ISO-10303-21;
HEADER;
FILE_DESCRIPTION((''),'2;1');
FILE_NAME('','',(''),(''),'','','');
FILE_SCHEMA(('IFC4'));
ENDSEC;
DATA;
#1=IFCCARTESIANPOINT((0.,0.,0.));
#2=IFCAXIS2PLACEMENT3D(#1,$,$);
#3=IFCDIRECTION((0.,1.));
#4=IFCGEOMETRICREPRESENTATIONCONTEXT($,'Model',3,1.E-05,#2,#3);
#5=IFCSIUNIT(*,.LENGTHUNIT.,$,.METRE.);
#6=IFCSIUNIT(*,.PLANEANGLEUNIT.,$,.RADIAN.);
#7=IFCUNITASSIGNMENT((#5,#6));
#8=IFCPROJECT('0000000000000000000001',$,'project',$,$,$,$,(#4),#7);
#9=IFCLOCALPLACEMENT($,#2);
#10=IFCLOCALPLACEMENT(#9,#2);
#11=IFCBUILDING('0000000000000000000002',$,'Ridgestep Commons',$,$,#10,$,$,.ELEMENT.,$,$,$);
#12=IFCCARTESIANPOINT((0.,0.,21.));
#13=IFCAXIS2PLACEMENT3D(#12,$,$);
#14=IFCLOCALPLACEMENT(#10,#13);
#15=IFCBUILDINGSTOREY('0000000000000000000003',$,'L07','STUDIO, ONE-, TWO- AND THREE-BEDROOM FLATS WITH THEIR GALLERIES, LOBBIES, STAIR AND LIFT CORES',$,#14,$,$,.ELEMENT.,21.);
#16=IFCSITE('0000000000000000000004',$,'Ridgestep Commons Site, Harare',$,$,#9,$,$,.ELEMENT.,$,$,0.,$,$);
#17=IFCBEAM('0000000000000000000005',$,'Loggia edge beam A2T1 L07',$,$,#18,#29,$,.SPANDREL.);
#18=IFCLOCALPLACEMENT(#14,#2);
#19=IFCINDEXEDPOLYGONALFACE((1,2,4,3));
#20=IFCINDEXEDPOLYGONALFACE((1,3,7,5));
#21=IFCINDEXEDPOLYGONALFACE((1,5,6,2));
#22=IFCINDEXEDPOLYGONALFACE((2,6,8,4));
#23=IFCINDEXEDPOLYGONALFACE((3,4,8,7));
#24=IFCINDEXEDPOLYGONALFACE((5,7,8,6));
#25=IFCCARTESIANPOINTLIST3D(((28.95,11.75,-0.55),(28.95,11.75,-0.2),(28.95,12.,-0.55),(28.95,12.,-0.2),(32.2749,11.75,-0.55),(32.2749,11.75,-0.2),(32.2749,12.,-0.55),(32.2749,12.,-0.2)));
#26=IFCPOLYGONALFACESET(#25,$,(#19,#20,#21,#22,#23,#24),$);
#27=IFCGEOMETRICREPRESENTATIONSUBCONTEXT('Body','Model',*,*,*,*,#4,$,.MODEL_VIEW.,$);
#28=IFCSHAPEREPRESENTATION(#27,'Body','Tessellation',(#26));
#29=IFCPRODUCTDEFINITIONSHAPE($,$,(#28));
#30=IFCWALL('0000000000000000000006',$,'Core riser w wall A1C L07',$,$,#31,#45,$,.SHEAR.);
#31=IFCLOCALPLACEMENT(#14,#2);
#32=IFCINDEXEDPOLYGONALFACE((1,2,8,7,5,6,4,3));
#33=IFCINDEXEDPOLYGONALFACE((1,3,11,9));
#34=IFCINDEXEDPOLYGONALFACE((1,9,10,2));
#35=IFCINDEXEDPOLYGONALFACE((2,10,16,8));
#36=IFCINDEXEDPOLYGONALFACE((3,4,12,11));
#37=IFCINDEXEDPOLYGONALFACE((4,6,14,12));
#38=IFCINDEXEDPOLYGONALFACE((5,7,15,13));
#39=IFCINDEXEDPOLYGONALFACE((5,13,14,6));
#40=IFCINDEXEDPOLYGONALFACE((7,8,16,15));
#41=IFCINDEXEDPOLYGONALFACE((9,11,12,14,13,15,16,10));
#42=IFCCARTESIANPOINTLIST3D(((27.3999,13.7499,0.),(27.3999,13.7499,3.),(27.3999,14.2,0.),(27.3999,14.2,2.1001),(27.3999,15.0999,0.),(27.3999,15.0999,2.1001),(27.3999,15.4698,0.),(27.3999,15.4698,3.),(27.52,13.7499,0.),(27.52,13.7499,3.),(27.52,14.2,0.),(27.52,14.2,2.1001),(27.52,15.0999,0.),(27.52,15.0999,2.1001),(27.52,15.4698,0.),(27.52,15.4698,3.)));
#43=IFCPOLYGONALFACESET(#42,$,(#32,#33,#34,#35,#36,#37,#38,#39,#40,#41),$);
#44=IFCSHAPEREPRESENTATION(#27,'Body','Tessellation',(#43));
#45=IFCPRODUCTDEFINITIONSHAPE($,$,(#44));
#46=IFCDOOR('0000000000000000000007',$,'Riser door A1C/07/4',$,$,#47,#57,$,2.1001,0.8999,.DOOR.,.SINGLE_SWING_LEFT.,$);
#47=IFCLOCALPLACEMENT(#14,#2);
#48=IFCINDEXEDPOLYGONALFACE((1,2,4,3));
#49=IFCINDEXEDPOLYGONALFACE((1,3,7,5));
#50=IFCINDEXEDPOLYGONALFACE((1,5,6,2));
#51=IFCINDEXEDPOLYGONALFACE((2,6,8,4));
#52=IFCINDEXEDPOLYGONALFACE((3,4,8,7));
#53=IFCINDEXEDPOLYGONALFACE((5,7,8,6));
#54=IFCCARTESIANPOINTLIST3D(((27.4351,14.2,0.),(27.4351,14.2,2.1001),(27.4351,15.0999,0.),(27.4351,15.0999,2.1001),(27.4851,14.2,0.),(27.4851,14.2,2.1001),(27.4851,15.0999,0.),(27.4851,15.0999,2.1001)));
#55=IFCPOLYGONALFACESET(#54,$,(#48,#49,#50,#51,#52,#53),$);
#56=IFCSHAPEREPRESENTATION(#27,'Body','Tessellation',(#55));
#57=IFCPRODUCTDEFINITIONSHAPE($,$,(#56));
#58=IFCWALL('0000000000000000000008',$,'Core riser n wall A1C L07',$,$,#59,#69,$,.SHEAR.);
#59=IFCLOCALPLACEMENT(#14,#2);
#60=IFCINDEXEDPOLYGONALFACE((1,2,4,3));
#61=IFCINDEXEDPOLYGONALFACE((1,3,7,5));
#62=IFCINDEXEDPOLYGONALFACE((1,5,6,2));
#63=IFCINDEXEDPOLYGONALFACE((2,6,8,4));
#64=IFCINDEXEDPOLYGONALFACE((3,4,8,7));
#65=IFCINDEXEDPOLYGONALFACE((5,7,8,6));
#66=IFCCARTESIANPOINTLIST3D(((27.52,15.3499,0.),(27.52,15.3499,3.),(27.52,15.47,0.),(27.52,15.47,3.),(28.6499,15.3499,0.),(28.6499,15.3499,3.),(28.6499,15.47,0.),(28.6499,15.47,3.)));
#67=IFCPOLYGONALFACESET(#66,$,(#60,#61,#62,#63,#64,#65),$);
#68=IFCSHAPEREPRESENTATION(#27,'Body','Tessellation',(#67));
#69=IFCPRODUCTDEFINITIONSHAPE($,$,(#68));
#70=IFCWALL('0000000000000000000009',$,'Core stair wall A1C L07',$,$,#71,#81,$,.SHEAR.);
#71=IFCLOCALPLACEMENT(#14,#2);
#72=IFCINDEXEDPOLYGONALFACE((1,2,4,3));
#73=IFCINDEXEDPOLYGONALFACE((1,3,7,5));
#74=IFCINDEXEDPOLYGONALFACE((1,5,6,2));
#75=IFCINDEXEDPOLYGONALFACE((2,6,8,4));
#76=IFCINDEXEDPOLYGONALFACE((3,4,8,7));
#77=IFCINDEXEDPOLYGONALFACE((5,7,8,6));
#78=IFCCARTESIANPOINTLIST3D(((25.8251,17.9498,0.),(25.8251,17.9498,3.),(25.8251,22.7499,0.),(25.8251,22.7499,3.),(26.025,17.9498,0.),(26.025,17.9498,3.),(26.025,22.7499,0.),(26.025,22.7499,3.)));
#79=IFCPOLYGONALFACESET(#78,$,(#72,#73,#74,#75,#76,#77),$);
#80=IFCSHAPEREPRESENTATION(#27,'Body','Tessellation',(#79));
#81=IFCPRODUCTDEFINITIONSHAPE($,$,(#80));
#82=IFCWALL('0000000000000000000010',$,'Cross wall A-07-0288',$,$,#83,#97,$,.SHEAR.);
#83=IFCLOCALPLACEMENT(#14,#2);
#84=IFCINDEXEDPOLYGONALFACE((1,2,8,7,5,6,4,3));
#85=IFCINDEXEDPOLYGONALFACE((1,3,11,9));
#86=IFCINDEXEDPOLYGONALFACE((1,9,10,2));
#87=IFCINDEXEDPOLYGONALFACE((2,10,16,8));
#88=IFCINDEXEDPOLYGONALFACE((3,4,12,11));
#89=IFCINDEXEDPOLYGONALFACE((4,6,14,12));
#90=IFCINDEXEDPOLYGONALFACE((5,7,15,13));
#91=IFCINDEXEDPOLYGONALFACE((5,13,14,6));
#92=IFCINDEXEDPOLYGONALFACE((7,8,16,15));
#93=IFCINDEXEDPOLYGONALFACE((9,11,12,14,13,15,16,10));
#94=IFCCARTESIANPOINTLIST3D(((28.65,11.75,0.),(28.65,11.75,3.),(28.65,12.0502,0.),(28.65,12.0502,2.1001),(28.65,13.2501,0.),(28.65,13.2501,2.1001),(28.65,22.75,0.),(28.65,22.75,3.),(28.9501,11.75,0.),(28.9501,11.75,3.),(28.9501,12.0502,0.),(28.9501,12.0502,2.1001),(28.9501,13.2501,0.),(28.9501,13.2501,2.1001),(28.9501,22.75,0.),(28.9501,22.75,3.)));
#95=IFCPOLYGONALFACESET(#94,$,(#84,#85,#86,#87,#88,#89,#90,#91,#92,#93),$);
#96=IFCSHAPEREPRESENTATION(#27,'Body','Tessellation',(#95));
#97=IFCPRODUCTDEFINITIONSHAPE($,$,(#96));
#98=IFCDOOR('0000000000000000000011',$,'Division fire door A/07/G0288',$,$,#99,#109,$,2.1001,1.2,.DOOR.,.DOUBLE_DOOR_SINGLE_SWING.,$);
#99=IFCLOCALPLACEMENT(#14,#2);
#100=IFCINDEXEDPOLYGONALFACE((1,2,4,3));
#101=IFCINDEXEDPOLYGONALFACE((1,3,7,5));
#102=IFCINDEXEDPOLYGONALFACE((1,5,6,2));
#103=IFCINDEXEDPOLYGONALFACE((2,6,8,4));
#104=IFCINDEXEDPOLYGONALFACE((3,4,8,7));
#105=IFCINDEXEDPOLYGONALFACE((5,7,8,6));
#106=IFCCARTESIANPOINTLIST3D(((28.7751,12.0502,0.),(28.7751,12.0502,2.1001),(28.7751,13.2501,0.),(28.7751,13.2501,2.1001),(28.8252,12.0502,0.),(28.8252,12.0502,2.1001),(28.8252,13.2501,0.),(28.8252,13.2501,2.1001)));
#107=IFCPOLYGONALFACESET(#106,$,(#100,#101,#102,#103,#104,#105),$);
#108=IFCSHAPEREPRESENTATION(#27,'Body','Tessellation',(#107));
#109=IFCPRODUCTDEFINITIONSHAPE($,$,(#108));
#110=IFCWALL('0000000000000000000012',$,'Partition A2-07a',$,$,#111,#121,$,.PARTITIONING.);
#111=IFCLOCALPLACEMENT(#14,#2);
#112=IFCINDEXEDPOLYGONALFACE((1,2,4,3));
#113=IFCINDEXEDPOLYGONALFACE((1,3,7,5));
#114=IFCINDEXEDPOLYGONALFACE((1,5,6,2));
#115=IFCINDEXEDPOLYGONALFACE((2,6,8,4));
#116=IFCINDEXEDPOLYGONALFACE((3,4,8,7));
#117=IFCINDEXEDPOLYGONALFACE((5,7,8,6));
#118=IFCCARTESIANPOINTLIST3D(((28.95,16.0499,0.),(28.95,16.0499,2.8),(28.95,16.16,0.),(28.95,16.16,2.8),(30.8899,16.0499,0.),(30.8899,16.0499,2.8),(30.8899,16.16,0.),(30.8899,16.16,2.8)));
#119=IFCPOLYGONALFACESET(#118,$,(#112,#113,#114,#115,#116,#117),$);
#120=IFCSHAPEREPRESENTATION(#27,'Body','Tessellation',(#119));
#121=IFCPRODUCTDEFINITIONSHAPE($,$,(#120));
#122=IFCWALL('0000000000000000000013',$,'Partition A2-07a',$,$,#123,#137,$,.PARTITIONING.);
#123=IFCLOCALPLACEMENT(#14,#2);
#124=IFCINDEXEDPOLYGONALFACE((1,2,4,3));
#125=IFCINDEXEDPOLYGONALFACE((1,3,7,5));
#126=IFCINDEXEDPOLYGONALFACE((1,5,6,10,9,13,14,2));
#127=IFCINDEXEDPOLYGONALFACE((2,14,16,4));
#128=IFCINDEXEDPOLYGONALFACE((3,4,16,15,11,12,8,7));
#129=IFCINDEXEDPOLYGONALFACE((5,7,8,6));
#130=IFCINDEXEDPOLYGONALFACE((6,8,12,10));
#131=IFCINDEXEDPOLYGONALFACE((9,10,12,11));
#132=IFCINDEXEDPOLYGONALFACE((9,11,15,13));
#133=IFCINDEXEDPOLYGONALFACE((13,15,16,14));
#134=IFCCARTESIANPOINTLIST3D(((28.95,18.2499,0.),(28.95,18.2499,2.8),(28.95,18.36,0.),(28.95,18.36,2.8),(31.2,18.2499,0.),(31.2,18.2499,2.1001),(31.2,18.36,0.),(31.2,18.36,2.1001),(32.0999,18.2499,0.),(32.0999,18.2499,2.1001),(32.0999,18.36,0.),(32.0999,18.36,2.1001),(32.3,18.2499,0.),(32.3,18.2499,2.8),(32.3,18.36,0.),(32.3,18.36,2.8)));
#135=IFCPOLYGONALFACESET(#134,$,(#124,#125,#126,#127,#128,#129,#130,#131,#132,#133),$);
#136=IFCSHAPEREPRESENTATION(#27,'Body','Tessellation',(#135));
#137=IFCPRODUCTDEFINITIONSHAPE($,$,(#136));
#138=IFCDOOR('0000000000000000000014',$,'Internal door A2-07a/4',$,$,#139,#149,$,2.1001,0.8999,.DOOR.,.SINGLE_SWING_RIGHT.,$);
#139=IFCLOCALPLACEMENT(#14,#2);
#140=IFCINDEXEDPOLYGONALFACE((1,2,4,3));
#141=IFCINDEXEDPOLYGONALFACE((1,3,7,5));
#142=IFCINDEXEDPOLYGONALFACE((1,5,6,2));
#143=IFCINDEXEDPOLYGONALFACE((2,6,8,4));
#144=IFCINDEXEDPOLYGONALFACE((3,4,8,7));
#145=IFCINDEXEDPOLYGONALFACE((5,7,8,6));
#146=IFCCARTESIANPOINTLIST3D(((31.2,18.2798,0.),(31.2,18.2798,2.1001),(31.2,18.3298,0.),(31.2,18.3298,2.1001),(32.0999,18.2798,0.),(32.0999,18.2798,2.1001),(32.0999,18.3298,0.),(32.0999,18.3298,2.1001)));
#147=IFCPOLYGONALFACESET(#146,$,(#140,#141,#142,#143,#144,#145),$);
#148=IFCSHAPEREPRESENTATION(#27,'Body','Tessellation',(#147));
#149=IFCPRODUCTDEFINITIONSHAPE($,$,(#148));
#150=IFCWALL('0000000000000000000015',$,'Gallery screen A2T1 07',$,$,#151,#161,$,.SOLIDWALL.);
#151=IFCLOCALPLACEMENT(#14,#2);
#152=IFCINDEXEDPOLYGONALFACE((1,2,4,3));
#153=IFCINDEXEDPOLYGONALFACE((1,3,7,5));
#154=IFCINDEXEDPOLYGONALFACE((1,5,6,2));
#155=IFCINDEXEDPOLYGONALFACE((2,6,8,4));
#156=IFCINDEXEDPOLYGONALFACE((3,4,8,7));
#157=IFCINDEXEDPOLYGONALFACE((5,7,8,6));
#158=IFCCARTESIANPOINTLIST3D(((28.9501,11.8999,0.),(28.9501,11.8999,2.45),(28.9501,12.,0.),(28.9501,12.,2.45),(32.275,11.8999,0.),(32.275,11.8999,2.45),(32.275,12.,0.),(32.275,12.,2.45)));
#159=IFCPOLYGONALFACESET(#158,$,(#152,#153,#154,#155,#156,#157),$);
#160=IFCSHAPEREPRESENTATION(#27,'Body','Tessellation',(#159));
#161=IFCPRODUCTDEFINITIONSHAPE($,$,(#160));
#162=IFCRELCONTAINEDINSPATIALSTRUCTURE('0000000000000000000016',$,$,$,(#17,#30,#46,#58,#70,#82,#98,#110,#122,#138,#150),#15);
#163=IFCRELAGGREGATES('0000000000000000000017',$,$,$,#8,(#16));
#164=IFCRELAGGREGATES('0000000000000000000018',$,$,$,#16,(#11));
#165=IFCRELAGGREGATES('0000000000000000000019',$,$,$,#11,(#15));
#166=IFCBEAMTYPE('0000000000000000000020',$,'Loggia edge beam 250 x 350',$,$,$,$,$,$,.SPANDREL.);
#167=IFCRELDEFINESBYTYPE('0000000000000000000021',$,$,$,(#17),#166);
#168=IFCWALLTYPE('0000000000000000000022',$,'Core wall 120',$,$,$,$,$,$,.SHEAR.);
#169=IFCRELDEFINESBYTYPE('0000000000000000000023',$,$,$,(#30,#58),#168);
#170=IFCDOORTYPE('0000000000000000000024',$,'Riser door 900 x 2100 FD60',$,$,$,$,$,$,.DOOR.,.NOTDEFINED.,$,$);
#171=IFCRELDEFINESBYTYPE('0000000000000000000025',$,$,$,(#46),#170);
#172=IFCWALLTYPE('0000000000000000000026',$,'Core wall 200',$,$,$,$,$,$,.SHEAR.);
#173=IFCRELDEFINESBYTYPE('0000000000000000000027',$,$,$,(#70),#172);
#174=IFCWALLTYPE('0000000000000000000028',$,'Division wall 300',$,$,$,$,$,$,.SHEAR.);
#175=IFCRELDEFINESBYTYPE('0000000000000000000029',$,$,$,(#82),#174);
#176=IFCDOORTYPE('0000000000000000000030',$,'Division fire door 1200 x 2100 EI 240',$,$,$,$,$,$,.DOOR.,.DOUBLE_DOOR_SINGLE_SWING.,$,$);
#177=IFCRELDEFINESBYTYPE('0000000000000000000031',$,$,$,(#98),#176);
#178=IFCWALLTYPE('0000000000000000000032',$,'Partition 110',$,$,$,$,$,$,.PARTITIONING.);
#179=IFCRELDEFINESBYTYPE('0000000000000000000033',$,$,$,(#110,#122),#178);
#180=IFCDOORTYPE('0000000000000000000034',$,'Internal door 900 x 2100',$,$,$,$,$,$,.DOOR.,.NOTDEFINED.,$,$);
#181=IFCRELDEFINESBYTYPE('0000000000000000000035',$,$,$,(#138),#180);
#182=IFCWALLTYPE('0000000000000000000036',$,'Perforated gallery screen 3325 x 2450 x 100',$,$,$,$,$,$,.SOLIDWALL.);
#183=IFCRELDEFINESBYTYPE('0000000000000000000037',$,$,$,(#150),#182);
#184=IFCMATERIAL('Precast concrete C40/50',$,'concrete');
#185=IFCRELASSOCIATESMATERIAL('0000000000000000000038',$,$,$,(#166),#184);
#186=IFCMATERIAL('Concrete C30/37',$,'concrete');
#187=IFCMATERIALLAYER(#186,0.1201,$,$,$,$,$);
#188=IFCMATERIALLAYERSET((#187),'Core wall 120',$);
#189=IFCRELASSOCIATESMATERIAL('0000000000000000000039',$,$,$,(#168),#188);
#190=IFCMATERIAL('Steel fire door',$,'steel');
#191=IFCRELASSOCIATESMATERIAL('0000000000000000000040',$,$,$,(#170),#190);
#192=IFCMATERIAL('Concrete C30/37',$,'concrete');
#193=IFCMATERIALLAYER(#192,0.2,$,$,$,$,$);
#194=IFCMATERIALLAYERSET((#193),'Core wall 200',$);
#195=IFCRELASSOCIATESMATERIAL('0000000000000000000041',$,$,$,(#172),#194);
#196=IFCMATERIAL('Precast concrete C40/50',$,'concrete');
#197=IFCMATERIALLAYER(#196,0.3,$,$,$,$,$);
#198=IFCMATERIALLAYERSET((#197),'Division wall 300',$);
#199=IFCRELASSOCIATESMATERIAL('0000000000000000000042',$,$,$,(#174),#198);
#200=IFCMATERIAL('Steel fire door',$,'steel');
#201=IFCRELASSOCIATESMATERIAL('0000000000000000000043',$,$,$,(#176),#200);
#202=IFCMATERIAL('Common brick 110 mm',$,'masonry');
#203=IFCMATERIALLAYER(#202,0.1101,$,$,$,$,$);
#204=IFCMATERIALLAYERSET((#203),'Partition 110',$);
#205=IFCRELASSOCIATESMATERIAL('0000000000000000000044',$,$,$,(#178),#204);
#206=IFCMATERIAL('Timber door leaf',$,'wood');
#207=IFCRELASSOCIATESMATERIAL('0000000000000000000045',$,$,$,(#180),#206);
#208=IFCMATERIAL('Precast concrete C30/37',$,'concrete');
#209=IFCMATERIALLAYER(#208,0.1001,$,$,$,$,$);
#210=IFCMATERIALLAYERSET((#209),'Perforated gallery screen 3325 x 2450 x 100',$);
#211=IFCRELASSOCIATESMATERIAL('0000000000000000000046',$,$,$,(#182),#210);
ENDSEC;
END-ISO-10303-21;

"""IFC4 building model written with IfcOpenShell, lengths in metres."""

from ifc_helpers import new_model, si_unit, direction, frame, frame_2d, origin, origin_2d, place, context, subcontext, project, spatial, rectangle, extrude, material, layer, layer_set, material_profile, profile_set, type_object, element, fill, save


model = new_model("IFC4")

# Units and contexts
model_context = context("Model", 3, precision=1e-05, world=origin(), true_north=direction((0.0, 1.0)))
body_context = subcontext(model_context, "Body", "Model", "MODEL_VIEW")
ifc_project = project(units=[si_unit("LENGTHUNIT", "METRE"), si_unit("PLANEANGLEUNIT", "RADIAN")], contexts=[model_context])

# Site, building, storey
site_placement = place(None, origin())
site = spatial("IfcSite", under=ifc_project, at=site_placement, Name="Ridgestep Commons Site, Harare", CompositionType="ELEMENT", RefElevation=0.0)
building_placement = place(site_placement, origin())
building = spatial("IfcBuilding", under=site, at=building_placement, Name="Ridgestep Commons", CompositionType="ELEMENT")
storey_placement = place(building_placement, frame((0.0, 0.0, 21.0)))
storey = spatial("IfcBuildingStorey", under=building, at=storey_placement, Name="L07", Description="STUDIO, ONE-, TWO- AND THREE-BEDROOM FLATS WITH THEIR GALLERIES, LOBBIES, STAIR AND LIFT CORES", CompositionType="ELEMENT", Elevation=21.0)

# Beam
ifc_material_1 = material(Name="Precast concrete C40/50", Category="concrete")
ifc_material_profile = material_profile(ifc_material_1, rectangle(XDim=0.25, YDim=0.3501, at=origin_2d()), Name="PC 250x350")
ifc_profile_set = profile_set([ifc_material_profile], Name="Precast concrete C40/50")
beam_type = type_object("IfcBeamType", Name="Loggia edge beam 250 x 350", PredefinedType="SPANDREL", material=ifc_profile_set)
beam_placement = place(storey_placement, frame((28.95, 11.875, -0.375), z_axis=(1.0, 0.0, 0.0), x_axis=(0.0, 1.0, 0.0)))
element("IfcBeam", 1, at=beam_placement, inside=storey, type_object=beam_type, Name="Loggia edge beam A2T1 L07", PredefinedType="SPANDREL", context=body_context, shape_type="SweptSolid", body=[
    extrude(rectangle(XDim=0.25, YDim=0.3501, at=origin_2d()), origin(), (0.0, 0.0, 1.0), 3.325),
])

# Wall, opening, door
ifc_material_2 = material(Name="Concrete C30/37", Category="concrete")
ifc_layer_1 = layer(ifc_material_2, 0.1201)
ifc_layer_set_1 = layer_set([ifc_layer_1], Name="Core wall 120")
wall_type_1 = type_object("IfcWallType", Name="Core wall 120", PredefinedType="SHEAR", material=ifc_layer_set_1)
wall_1_placement = place(storey_placement, frame((27.46, 13.75, 0.0), z_axis=(0.0, 0.0, 1.0), x_axis=(0.0, 1.0, 0.0)))
wall_1 = element("IfcWall", 2, at=wall_1_placement, inside=storey, type_object=wall_type_1, Name="Core riser w wall A1C L07", PredefinedType="SHEAR", context=body_context, shape_type="SweptSolid", body=[
    extrude(rectangle(XDim=1.72, YDim=0.1201, at=frame_2d((0.8599, 0.0))), origin(), (0.0, 0.0, 1.0), 3.0),
])
opening_1_placement = place(wall_1_placement, frame((0.45, 0.0, 0.0)))
opening_1 = element("IfcOpeningElement", 3, at=opening_1_placement, cuts=wall_1, PredefinedType="OPENING", context=body_context, shape_type="SweptSolid", body=[
    extrude(rectangle(XDim=0.8999, YDim=2.1001, at=frame_2d((0.45, 1.05))), frame((0.0, 0.0701, 0.0), z_axis=(0.0, -1.0, 0.0), x_axis=(1.0, 0.0, 0.0)), (0.0, 0.0, 1.0), 0.1401),
])
ifc_material_3 = material(Name="Steel fire door", Category="steel")
door_type_1 = type_object("IfcDoorType", Name="Riser door 900 x 2100 FD60", OperationType="NOTDEFINED", PredefinedType="DOOR", material=ifc_material_3)
door_1_placement = place(opening_1_placement, origin())
door_1 = element("IfcDoor", 4, at=door_1_placement, inside=storey, type_object=door_type_1, Name="Riser door A1C/07/4", OperationType="SINGLE_SWING_LEFT", OverallHeight=2.1001, OverallWidth=0.8999, PredefinedType="DOOR", context=body_context, shape_type="SweptSolid", body=[
    extrude(rectangle(XDim=0.8999, YDim=2.1001, at=frame_2d((0.45, 1.05))), frame((0.0, 0.0249, 0.0), z_axis=(0.0, -1.0, 0.0), x_axis=(1.0, 0.0, 0.0)), (0.0, 0.0, 1.0), 0.05),
])
fill(opening_1, door_1)

# Walls
wall_2_placement = place(storey_placement, frame((27.52, 15.4099, 0.0), z_axis=(0.0, 0.0, 1.0), x_axis=(1.0, 0.0, 0.0)))
element("IfcWall", 5, at=wall_2_placement, inside=storey, type_object=wall_type_1, Name="Core riser n wall A1C L07", PredefinedType="SHEAR", context=body_context, shape_type="SweptSolid", body=[
    extrude(rectangle(XDim=1.1299, YDim=0.1201, at=frame_2d((0.5649, 0.0))), origin(), (0.0, 0.0, 1.0), 3.0),
])
ifc_material_4 = material(Name="Concrete C30/37", Category="concrete")
ifc_layer_2 = layer(ifc_material_4, 0.2)
ifc_layer_set_2 = layer_set([ifc_layer_2], Name="Core wall 200")
wall_type_2 = type_object("IfcWallType", Name="Core wall 200", PredefinedType="SHEAR", material=ifc_layer_set_2)
wall_3_placement = place(storey_placement, frame((25.925, 17.95, 0.0), z_axis=(0.0, 0.0, 1.0), x_axis=(0.0, 1.0, 0.0)))
element("IfcWall", 6, at=wall_3_placement, inside=storey, type_object=wall_type_2, Name="Core stair wall A1C L07", PredefinedType="SHEAR", context=body_context, shape_type="SweptSolid", body=[
    extrude(rectangle(XDim=4.8, YDim=0.2, at=frame_2d((2.3999, 0.0))), origin(), (0.0, 0.0, 1.0), 3.0),
])

# Wall, opening, door
ifc_material_5 = material(Name="Precast concrete C40/50", Category="concrete")
ifc_layer_3 = layer(ifc_material_5, 0.3)
ifc_layer_set_3 = layer_set([ifc_layer_3], Name="Division wall 300")
wall_type_3 = type_object("IfcWallType", Name="Division wall 300", PredefinedType="SHEAR", material=ifc_layer_set_3)
wall_4_placement = place(storey_placement, frame((28.8, 11.75, 0.0), z_axis=(0.0, 0.0, 1.0), x_axis=(0.0, 1.0, 0.0)))
wall_4 = element("IfcWall", 7, at=wall_4_placement, inside=storey, type_object=wall_type_3, Name="Cross wall A-07-0288", PredefinedType="SHEAR", context=body_context, shape_type="SweptSolid", body=[
    extrude(rectangle(XDim=11.0, YDim=0.3, at=frame_2d((5.5, 0.0))), origin(), (0.0, 0.0, 1.0), 3.0),
])
opening_2_placement = place(wall_4_placement, frame((0.3, 0.0, 0.0)))
opening_2 = element("IfcOpeningElement", 8, at=opening_2_placement, cuts=wall_4, PredefinedType="OPENING", context=body_context, shape_type="SweptSolid", body=[
    extrude(rectangle(XDim=1.2, YDim=2.1001, at=frame_2d((0.6001, 1.05))), frame((0.0, 0.1599, 0.0), z_axis=(0.0, -1.0, 0.0), x_axis=(1.0, 0.0, 0.0)), (0.0, 0.0, 1.0), 0.3201),
])
ifc_material_6 = material(Name="Steel fire door", Category="steel")
door_type_2 = type_object("IfcDoorType", Name="Division fire door 1200 x 2100 EI 240", OperationType="DOUBLE_DOOR_SINGLE_SWING", PredefinedType="DOOR", material=ifc_material_6)
door_2_placement = place(opening_2_placement, origin())
door_2 = element("IfcDoor", 9, at=door_2_placement, inside=storey, type_object=door_type_2, Name="Division fire door A/07/G0288", OperationType="DOUBLE_DOOR_SINGLE_SWING", OverallHeight=2.1001, OverallWidth=1.2, PredefinedType="DOOR", context=body_context, shape_type="SweptSolid", body=[
    extrude(rectangle(XDim=1.2, YDim=2.1001, at=frame_2d((0.6001, 1.05))), frame((0.0, 0.0249, 0.0), z_axis=(0.0, -1.0, 0.0), x_axis=(1.0, 0.0, 0.0)), (0.0, 0.0, 1.0), 0.05),
])
fill(opening_2, door_2)

# Wall
ifc_material_7 = material(Name="Common brick 110 mm", Category="masonry")
ifc_layer_4 = layer(ifc_material_7, 0.1101)
ifc_layer_set_4 = layer_set([ifc_layer_4], Name="Partition 110")
wall_type_4 = type_object("IfcWallType", Name="Partition 110", PredefinedType="PARTITIONING", material=ifc_layer_set_4)
wall_5_placement = place(storey_placement, frame((28.95, 16.105, 0.0), z_axis=(0.0, 0.0, 1.0), x_axis=(1.0, 0.0, 0.0)))
element("IfcWall", 10, at=wall_5_placement, inside=storey, type_object=wall_type_4, Name="Partition A2-07a", PredefinedType="PARTITIONING", context=body_context, shape_type="SweptSolid", body=[
    extrude(rectangle(XDim=1.9399, YDim=0.1101, at=frame_2d((0.97, 0.0))), origin(), (0.0, 0.0, 1.0), 2.8),
])

# Wall, opening, door
wall_6_placement = place(storey_placement, frame((28.95, 18.3049, 0.0), z_axis=(0.0, 0.0, 1.0), x_axis=(1.0, 0.0, 0.0)))
wall_6 = element("IfcWall", 11, at=wall_6_placement, inside=storey, type_object=wall_type_4, Name="Partition A2-07a", PredefinedType="PARTITIONING", context=body_context, shape_type="SweptSolid", body=[
    extrude(rectangle(XDim=3.3501, YDim=0.1101, at=frame_2d((1.675, 0.0))), origin(), (0.0, 0.0, 1.0), 2.8),
])
opening_3_placement = place(wall_6_placement, frame((2.25, 0.0, 0.0)))
opening_3 = element("IfcOpeningElement", 12, at=opening_3_placement, cuts=wall_6, PredefinedType="OPENING", context=body_context, shape_type="SweptSolid", body=[
    extrude(rectangle(XDim=0.8999, YDim=2.1001, at=frame_2d((0.45, 1.05))), frame((0.0, 0.0649, 0.0), z_axis=(0.0, -1.0, 0.0), x_axis=(1.0, 0.0, 0.0)), (0.0, 0.0, 1.0), 0.1301),
])
ifc_material_8 = material(Name="Timber door leaf", Category="wood")
door_type_3 = type_object("IfcDoorType", Name="Internal door 900 x 2100", OperationType="NOTDEFINED", PredefinedType="DOOR", material=ifc_material_8)
door_3_placement = place(opening_3_placement, origin())
door_3 = element("IfcDoor", 13, at=door_3_placement, inside=storey, type_object=door_type_3, Name="Internal door A2-07a/4", OperationType="SINGLE_SWING_RIGHT", OverallHeight=2.1001, OverallWidth=0.8999, PredefinedType="DOOR", context=body_context, shape_type="SweptSolid", body=[
    extrude(rectangle(XDim=0.8999, YDim=2.1001, at=frame_2d((0.45, 1.05))), frame((0.0, 0.0249, 0.0), z_axis=(0.0, -1.0, 0.0), x_axis=(1.0, 0.0, 0.0)), (0.0, 0.0, 1.0), 0.05),
])
fill(opening_3, door_3)

# Wall
ifc_material_9 = material(Name="Precast concrete C30/37", Category="concrete")
ifc_layer_5 = layer(ifc_material_9, 0.1001)
ifc_layer_set_5 = layer_set([ifc_layer_5], Name="Perforated gallery screen 3325 x 2450 x 100")
wall_type_5 = type_object("IfcWallType", Name="Perforated gallery screen 3325 x 2450 x 100", PredefinedType="SOLIDWALL", material=ifc_layer_set_5)
wall_7_placement = place(storey_placement, frame((28.95, 11.95, 0.0), z_axis=(0.0, 0.0, 1.0), x_axis=(1.0, 0.0, 0.0)))
element("IfcWall", 14, at=wall_7_placement, inside=storey, type_object=wall_type_5, Name="Gallery screen A2T1 07", PredefinedType="SOLIDWALL", context=body_context, shape_type="SweptSolid", body=[
    extrude(rectangle(XDim=3.325, YDim=0.1001, at=frame_2d((1.6626, 0.0))), origin(), (0.0, 0.0, 1.0), 2.45),
])

save(model, "model.ifc")
